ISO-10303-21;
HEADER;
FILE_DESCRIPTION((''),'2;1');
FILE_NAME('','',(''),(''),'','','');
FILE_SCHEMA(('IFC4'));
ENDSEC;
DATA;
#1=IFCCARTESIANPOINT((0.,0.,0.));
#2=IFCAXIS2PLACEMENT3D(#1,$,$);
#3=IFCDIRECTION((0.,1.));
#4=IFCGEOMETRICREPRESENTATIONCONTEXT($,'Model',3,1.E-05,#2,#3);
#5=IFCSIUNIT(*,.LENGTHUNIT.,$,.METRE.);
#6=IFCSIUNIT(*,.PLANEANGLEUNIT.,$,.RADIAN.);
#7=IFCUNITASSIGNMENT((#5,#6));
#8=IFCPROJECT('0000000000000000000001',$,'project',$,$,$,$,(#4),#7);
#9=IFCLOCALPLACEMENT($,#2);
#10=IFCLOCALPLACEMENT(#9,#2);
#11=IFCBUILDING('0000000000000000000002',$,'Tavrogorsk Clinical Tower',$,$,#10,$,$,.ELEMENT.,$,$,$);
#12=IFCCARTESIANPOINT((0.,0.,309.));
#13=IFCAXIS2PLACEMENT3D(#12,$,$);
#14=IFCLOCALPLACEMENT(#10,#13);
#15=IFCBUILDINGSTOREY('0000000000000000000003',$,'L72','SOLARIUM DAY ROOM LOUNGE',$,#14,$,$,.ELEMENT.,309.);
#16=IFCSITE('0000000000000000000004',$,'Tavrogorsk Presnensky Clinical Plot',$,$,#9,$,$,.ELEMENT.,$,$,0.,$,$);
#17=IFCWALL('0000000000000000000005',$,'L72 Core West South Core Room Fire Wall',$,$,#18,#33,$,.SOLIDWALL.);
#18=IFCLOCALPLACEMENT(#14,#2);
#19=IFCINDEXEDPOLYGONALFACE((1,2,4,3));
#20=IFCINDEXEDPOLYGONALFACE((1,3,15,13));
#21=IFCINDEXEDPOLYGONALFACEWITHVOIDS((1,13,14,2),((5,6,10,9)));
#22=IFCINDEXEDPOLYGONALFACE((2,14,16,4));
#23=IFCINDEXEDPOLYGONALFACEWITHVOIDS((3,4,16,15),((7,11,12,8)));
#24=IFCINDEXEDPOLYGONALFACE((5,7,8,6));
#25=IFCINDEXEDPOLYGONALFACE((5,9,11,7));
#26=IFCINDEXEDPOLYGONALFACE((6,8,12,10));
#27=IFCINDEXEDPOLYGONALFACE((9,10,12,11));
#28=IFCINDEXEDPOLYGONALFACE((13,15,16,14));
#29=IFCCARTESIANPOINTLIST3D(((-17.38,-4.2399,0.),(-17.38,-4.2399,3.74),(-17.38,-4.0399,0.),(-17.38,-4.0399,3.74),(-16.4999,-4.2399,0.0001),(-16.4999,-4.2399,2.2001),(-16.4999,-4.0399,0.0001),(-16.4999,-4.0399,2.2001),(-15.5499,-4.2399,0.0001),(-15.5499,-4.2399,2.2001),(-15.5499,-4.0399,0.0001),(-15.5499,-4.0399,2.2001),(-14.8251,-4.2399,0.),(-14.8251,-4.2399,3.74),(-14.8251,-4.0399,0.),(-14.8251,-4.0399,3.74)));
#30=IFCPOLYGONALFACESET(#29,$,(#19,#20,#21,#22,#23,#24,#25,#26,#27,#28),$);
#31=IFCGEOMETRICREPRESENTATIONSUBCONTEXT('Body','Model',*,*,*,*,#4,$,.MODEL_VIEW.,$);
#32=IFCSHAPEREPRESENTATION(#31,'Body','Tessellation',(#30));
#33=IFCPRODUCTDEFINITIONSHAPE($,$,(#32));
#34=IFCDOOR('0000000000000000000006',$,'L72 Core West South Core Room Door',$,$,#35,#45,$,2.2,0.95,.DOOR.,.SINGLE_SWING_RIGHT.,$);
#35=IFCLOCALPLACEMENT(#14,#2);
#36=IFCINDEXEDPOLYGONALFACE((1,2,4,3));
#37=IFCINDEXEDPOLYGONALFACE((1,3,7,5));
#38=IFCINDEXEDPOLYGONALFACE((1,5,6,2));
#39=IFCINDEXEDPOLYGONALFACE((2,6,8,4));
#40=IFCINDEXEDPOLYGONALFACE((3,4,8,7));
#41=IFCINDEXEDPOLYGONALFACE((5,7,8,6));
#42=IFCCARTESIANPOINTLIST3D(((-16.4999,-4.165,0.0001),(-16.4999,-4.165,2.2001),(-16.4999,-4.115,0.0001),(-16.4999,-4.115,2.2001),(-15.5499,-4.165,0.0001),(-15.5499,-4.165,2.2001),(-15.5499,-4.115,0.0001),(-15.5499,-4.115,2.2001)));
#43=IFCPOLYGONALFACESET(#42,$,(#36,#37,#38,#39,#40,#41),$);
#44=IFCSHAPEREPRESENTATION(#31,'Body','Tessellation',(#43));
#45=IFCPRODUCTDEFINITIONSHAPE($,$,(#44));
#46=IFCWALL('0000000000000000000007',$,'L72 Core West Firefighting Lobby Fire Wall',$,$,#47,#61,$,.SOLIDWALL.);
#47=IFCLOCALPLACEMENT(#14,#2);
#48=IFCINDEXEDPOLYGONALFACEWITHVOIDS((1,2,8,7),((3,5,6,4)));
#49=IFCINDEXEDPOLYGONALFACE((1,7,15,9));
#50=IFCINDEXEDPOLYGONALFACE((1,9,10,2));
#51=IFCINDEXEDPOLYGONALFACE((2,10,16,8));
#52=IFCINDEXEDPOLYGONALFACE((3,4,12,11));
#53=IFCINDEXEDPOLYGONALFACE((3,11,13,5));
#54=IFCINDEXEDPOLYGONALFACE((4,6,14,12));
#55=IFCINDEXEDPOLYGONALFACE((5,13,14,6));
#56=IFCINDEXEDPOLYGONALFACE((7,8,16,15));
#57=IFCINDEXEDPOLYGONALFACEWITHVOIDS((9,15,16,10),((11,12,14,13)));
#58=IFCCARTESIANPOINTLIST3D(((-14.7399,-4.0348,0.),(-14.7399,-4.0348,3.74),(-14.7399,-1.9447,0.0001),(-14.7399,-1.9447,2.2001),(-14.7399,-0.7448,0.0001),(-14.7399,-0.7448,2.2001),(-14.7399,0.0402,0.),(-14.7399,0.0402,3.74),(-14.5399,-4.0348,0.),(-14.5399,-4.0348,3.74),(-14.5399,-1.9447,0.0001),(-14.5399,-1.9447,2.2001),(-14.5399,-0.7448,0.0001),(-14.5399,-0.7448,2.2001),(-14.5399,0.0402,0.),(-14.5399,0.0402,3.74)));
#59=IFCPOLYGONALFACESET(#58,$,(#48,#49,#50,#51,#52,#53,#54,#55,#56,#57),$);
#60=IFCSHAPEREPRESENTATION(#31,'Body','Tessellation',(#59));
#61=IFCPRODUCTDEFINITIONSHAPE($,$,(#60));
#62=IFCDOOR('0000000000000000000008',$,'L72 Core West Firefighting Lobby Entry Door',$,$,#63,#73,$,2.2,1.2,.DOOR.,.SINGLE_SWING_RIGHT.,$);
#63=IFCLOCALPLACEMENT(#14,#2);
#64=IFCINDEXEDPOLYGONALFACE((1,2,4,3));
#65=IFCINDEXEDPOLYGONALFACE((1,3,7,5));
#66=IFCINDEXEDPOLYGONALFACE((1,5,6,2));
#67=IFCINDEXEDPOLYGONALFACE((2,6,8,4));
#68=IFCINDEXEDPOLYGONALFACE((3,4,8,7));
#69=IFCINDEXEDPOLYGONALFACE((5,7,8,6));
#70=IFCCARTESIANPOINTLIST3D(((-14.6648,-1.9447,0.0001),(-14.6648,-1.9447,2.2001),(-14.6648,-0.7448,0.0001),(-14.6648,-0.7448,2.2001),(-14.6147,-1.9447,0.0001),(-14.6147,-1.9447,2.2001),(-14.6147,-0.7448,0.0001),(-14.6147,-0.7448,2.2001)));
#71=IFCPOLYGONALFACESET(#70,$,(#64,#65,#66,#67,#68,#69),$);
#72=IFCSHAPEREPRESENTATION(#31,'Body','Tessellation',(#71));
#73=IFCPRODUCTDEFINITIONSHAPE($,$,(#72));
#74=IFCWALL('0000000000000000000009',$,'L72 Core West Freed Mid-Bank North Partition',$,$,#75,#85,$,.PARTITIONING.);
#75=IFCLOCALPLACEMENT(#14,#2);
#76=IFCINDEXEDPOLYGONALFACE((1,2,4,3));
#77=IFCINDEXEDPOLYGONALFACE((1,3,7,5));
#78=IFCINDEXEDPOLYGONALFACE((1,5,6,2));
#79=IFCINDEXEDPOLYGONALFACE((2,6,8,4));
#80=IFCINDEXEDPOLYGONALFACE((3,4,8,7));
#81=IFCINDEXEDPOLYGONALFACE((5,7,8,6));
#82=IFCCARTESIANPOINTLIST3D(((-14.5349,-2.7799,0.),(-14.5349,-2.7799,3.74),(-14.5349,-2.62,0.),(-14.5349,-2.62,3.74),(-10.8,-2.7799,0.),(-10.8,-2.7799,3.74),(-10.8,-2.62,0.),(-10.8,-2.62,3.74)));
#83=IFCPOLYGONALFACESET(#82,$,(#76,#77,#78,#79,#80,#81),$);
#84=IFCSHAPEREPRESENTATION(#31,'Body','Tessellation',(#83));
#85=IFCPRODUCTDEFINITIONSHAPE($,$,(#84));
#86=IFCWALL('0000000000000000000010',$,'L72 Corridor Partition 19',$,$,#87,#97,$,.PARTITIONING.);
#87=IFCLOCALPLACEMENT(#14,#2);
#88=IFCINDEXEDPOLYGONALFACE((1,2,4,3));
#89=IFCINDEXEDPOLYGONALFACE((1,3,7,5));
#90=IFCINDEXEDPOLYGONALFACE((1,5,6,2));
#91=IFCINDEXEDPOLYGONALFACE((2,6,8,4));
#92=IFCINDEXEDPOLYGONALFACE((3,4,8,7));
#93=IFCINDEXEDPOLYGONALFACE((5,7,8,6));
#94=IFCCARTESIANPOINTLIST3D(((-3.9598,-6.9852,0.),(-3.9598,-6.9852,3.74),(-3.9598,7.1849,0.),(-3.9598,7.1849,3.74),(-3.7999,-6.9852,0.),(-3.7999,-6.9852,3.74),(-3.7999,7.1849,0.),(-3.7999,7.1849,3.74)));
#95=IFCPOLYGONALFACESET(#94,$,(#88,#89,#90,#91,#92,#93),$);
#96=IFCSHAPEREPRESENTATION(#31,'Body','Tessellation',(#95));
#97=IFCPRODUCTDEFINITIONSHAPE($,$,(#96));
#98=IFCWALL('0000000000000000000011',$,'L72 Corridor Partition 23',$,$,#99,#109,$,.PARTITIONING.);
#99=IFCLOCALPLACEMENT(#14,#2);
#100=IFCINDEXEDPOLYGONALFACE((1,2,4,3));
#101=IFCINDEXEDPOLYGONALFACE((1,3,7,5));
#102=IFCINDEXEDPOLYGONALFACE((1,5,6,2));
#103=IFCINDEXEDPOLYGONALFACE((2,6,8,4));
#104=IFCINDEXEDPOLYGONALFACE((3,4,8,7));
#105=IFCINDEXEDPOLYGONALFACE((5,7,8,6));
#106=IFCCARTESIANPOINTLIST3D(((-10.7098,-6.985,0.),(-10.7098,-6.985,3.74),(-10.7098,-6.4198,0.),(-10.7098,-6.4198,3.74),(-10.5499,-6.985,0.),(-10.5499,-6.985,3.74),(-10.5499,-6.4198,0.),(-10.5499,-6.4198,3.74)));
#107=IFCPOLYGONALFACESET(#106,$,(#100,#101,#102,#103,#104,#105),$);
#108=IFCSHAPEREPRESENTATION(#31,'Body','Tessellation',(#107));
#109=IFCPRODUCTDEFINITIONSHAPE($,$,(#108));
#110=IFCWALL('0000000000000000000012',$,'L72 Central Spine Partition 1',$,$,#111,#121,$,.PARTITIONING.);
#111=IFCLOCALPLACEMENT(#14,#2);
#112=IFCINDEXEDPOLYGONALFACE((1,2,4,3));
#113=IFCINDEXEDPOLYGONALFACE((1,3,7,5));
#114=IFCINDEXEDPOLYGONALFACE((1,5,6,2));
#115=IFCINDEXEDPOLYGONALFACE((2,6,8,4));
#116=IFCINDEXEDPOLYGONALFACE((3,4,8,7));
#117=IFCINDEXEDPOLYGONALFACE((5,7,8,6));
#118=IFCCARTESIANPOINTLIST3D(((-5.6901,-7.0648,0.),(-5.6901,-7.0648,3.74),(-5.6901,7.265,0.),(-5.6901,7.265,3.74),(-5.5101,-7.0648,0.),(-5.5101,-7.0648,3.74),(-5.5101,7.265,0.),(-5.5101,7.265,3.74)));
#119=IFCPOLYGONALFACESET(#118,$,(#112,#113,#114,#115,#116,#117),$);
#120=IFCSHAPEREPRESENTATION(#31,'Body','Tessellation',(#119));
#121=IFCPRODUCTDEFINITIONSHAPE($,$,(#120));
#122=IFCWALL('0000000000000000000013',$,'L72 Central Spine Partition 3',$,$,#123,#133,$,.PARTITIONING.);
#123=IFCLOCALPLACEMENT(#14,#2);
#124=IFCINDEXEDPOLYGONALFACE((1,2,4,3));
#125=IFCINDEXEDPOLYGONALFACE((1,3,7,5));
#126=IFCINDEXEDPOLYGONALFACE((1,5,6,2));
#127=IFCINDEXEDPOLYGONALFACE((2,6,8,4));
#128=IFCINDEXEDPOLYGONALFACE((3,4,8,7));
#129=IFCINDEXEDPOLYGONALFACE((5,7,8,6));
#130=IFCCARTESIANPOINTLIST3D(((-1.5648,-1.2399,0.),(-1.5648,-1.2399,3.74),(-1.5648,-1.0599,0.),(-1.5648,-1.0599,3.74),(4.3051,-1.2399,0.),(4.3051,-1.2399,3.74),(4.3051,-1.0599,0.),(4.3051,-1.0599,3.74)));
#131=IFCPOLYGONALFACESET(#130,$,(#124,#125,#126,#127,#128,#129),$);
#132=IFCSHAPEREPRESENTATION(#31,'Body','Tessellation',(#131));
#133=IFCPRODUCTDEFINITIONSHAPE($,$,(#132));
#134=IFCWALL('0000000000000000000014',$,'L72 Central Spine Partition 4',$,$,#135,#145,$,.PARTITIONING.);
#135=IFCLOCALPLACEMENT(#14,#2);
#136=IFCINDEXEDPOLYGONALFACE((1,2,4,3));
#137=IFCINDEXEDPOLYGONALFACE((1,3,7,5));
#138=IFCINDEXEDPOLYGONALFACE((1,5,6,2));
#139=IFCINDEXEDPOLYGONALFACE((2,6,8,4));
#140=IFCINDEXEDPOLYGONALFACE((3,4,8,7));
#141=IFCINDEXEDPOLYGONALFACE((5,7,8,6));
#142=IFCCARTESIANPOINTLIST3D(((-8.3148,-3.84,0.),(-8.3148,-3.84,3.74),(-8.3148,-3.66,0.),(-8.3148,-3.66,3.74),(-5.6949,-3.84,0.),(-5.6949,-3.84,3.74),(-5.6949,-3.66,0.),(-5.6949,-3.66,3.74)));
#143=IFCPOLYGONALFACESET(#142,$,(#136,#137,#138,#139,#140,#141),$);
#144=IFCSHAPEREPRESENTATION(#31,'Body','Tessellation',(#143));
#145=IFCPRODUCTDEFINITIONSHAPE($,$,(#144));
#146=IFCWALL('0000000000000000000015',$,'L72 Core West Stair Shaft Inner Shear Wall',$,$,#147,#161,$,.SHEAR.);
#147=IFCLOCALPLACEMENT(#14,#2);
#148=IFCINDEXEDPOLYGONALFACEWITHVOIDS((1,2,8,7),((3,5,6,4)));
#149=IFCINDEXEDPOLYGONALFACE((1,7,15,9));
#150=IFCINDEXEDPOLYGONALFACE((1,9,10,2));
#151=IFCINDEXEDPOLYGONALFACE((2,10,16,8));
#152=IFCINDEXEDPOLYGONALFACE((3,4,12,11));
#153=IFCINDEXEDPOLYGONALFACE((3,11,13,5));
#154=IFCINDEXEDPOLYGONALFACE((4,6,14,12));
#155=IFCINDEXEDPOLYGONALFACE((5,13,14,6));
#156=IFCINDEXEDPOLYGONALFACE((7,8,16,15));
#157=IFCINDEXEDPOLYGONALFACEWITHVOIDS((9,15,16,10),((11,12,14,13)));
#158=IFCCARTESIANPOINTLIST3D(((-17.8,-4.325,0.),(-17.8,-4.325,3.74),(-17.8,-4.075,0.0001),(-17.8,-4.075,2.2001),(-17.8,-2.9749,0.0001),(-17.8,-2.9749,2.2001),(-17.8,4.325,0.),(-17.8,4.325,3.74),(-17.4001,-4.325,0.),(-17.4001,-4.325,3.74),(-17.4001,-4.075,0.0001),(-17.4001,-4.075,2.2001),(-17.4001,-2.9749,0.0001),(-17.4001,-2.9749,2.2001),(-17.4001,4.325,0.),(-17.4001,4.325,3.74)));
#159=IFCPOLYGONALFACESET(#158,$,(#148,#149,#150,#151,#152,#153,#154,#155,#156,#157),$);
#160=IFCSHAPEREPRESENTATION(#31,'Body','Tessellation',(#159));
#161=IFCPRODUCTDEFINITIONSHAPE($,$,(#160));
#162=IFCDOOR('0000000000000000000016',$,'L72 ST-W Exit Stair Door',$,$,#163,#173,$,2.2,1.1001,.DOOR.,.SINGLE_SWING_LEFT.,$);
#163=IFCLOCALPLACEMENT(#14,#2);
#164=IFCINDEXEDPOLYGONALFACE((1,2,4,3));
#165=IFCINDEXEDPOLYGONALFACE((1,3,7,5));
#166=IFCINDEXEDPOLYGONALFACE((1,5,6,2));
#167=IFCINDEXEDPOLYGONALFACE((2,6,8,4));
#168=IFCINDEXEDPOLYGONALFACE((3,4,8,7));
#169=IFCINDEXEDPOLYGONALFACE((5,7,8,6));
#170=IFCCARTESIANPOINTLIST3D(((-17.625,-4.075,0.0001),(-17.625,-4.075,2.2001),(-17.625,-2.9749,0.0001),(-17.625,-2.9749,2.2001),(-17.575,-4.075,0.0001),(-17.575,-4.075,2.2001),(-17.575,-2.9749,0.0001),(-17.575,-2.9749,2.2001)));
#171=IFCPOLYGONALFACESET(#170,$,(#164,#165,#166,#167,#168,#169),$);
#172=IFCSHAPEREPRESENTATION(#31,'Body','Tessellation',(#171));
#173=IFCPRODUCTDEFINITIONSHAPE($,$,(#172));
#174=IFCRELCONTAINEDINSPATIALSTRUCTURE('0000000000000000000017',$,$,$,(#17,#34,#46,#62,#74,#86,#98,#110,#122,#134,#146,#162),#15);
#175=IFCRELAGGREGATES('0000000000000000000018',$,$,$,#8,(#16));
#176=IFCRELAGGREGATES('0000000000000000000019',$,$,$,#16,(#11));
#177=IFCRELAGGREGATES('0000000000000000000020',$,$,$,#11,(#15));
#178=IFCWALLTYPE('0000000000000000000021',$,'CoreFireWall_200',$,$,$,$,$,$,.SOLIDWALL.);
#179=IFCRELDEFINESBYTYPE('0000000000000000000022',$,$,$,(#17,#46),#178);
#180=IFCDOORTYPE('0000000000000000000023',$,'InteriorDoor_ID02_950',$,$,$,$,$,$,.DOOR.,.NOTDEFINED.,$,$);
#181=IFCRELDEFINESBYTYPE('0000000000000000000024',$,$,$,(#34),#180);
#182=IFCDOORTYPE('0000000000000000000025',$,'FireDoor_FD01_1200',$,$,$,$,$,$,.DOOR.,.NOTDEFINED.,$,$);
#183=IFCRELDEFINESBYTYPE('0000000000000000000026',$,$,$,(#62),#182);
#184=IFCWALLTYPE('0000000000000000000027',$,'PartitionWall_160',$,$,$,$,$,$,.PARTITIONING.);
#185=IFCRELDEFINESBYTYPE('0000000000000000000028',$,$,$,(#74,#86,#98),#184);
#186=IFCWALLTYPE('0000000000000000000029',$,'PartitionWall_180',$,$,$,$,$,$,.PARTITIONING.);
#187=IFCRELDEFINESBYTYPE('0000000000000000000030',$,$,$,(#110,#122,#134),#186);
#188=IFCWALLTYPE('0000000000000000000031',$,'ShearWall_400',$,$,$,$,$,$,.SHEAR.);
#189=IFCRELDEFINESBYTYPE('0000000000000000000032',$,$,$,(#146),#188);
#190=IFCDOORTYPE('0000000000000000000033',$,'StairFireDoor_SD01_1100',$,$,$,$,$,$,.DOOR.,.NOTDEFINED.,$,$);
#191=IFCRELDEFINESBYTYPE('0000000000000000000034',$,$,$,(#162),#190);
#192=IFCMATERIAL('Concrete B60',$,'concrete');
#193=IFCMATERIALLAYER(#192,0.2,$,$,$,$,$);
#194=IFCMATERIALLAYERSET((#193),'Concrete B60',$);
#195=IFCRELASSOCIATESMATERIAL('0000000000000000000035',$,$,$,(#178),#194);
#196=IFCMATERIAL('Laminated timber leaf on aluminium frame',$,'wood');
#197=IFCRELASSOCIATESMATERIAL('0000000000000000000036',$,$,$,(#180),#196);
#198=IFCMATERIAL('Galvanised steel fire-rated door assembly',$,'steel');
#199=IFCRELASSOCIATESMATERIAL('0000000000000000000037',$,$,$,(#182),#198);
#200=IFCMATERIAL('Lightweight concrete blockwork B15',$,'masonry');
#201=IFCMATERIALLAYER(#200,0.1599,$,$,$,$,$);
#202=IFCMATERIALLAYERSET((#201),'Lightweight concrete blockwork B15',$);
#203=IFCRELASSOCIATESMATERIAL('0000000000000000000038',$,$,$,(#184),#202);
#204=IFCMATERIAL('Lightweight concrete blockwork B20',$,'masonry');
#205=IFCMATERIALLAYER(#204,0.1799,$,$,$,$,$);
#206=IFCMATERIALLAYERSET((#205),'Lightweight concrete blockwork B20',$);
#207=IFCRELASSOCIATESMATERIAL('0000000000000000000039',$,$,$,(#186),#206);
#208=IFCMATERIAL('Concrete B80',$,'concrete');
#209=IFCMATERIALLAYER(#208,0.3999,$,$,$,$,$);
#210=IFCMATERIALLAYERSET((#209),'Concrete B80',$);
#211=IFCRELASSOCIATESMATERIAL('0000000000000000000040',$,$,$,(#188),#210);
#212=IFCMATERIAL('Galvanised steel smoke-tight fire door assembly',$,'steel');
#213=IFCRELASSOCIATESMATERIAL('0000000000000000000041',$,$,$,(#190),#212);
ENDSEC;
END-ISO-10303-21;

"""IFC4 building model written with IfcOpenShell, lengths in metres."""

from ifc_helpers import new_model, si_unit, direction, frame, frame_2d, origin, place, context, subcontext, project, spatial, rectangle, extrude, material, layer, layer_set, type_object, element, fill, save


model = new_model("IFC4")

# Units and contexts
model_context = context("Model", 3, precision=1e-05, world=origin(), true_north=direction((0.0, 1.0)))
body_context = subcontext(model_context, "Body", "Model", "MODEL_VIEW")
ifc_project = project(units=[si_unit("LENGTHUNIT", "METRE"), si_unit("PLANEANGLEUNIT", "RADIAN")], contexts=[model_context])

# Site, building, storey
site_placement = place(None, origin())
site = spatial("IfcSite", under=ifc_project, at=site_placement, Name="Tavrogorsk Presnensky Clinical Plot", CompositionType="ELEMENT", RefElevation=0.0)
building_placement = place(site_placement, origin())
building = spatial("IfcBuilding", under=site, at=building_placement, Name="Tavrogorsk Clinical Tower", CompositionType="ELEMENT")
storey_placement = place(building_placement, frame((0.0, 0.0, 309.0)))
storey = spatial("IfcBuildingStorey", under=building, at=storey_placement, Name="L72", Description="SOLARIUM DAY ROOM LOUNGE", CompositionType="ELEMENT", Elevation=309.0)

# Walls, openings, doors
ifc_material_1 = material(Name="Concrete B60", Category="concrete")
ifc_layer_1 = layer(ifc_material_1, 0.2)
ifc_layer_set_1 = layer_set([ifc_layer_1], Name="Concrete B60")
wall_type_1 = type_object("IfcWallType", Name="CoreFireWall_200", PredefinedType="SOLIDWALL", material=ifc_layer_set_1)
wall_1_placement = place(storey_placement, frame((-17.3799, -4.1399, 0.0), z_axis=(0.0, 0.0, 1.0), x_axis=(1.0, 0.0, 0.0)))
wall_1 = element("IfcWall", 1, at=wall_1_placement, inside=storey, type_object=wall_type_1, Name="L72 Core West South Core Room Fire Wall", PredefinedType="SOLIDWALL", context=body_context, shape_type="SweptSolid", body=[
    extrude(rectangle(XDim=2.5549, YDim=0.2, at=frame_2d((1.2773, 0.0))), origin(), (0.0, 0.0, 1.0), 3.74),
])
opening_1_placement = place(wall_1_placement, frame((0.8799, 0.0, 0.0)))
opening_1 = element("IfcOpeningElement", 2, at=opening_1_placement, cuts=wall_1, PredefinedType="OPENING", context=body_context, shape_type="SweptSolid", body=[
    extrude(rectangle(XDim=0.95, YDim=2.2, at=frame_2d((0.4751, 1.1001))), frame((0.0, 0.1099, 0.0), z_axis=(0.0, -1.0, 0.0), x_axis=(1.0, 0.0, 0.0)), (0.0, 0.0, 1.0), 0.22),
])
ifc_material_2 = material(Name="Laminated timber leaf on aluminium frame", Category="wood")
door_type_1 = type_object("IfcDoorType", Name="InteriorDoor_ID02_950", OperationType="NOTDEFINED", PredefinedType="DOOR", material=ifc_material_2)
door_1_placement = place(opening_1_placement, origin())
door_1 = element("IfcDoor", 3, at=door_1_placement, inside=storey, type_object=door_type_1, Name="L72 Core West South Core Room Door", OperationType="SINGLE_SWING_RIGHT", OverallHeight=2.2, OverallWidth=0.95, PredefinedType="DOOR", context=body_context, shape_type="SweptSolid", body=[
    extrude(rectangle(XDim=0.95, YDim=2.2, at=frame_2d((0.4751, 1.1001))), frame((0.0, 0.0249, 0.0), z_axis=(0.0, -1.0, 0.0), x_axis=(1.0, 0.0, 0.0)), (0.0, 0.0, 1.0), 0.05),
])
fill(opening_1, door_1)
wall_2_placement = place(storey_placement, frame((-14.6399, -4.0349, 0.0), z_axis=(0.0, 0.0, 1.0), x_axis=(0.0, 1.0, 0.0)))
wall_2 = element("IfcWall", 4, at=wall_2_placement, inside=storey, type_object=wall_type_1, Name="L72 Core West Firefighting Lobby Fire Wall", PredefinedType="SOLIDWALL", context=body_context, shape_type="SweptSolid", body=[
    extrude(rectangle(XDim=4.075, YDim=0.2, at=frame_2d((2.0376, 0.0))), origin(), (0.0, 0.0, 1.0), 3.74),
])
opening_2_placement = place(wall_2_placement, frame((2.0901, 0.0, 0.0)))
opening_2 = element("IfcOpeningElement", 5, at=opening_2_placement, cuts=wall_2, PredefinedType="OPENING", context=body_context, shape_type="SweptSolid", body=[
    extrude(rectangle(XDim=1.2, YDim=2.2, at=frame_2d((0.6001, 1.1001))), frame((0.0, 0.1099, 0.0), z_axis=(0.0, -1.0, 0.0), x_axis=(1.0, 0.0, 0.0)), (0.0, 0.0, 1.0), 0.22),
])
ifc_material_3 = material(Name="Galvanised steel fire-rated door assembly", Category="steel")
door_type_2 = type_object("IfcDoorType", Name="FireDoor_FD01_1200", OperationType="NOTDEFINED", PredefinedType="DOOR", material=ifc_material_3)
door_2_placement = place(opening_2_placement, origin())
door_2 = element("IfcDoor", 6, at=door_2_placement, inside=storey, type_object=door_type_2, Name="L72 Core West Firefighting Lobby Entry Door", OperationType="SINGLE_SWING_RIGHT", OverallHeight=2.2, OverallWidth=1.2, PredefinedType="DOOR", context=body_context, shape_type="SweptSolid", body=[
    extrude(rectangle(XDim=1.2, YDim=2.2, at=frame_2d((0.6001, 1.1001))), frame((0.0, 0.0249, 0.0), z_axis=(0.0, -1.0, 0.0), x_axis=(1.0, 0.0, 0.0)), (0.0, 0.0, 1.0), 0.05),
])
fill(opening_2, door_2)

# Walls
ifc_material_4 = material(Name="Lightweight concrete blockwork B15", Category="masonry")
ifc_layer_2 = layer(ifc_material_4, 0.1599)
ifc_layer_set_2 = layer_set([ifc_layer_2], Name="Lightweight concrete blockwork B15")
wall_type_2 = type_object("IfcWallType", Name="PartitionWall_160", PredefinedType="PARTITIONING", material=ifc_layer_set_2)
wall_3_placement = place(storey_placement, frame((-14.5349, -2.7, 0.0), z_axis=(0.0, 0.0, 1.0), x_axis=(1.0, 0.0, 0.0)))
element("IfcWall", 7, at=wall_3_placement, inside=storey, type_object=wall_type_2, Name="L72 Core West Freed Mid-Bank North Partition", PredefinedType="PARTITIONING", context=body_context, shape_type="SweptSolid", body=[
    extrude(rectangle(XDim=3.7349, YDim=0.1599, at=frame_2d((1.8674, 0.0))), origin(), (0.0, 0.0, 1.0), 3.74),
])
wall_4_placement = place(storey_placement, frame((-3.8799, -6.9851, 0.0), z_axis=(0.0, 0.0, 1.0), x_axis=(0.0, 1.0, 0.0)))
element("IfcWall", 8, at=wall_4_placement, inside=storey, type_object=wall_type_2, Name="L72 Corridor Partition 19", PredefinedType="PARTITIONING", context=body_context, shape_type="SweptSolid", body=[
    extrude(rectangle(XDim=14.1702, YDim=0.1599, at=frame_2d((7.085, 0.0))), origin(), (0.0, 0.0, 1.0), 3.74),
])
wall_5_placement = place(storey_placement, frame((-10.6299, -6.9851, 0.0), z_axis=(0.0, 0.0, 1.0), x_axis=(0.0, 1.0, 0.0)))
element("IfcWall", 9, at=wall_5_placement, inside=storey, type_object=wall_type_2, Name="L72 Corridor Partition 23", PredefinedType="PARTITIONING", context=body_context, shape_type="SweptSolid", body=[
    extrude(rectangle(XDim=0.5652, YDim=0.1599, at=frame_2d((0.2827, 0.0))), origin(), (0.0, 0.0, 1.0), 3.74),
])
ifc_material_5 = material(Name="Lightweight concrete blockwork B20", Category="masonry")
ifc_layer_3 = layer(ifc_material_5, 0.1799)
ifc_layer_set_3 = layer_set([ifc_layer_3], Name="Lightweight concrete blockwork B20")
wall_type_3 = type_object("IfcWallType", Name="PartitionWall_180", PredefinedType="PARTITIONING", material=ifc_layer_set_3)
wall_6_placement = place(storey_placement, frame((-5.6001, -7.0649, 0.0), z_axis=(0.0, 0.0, 1.0), x_axis=(0.0, 1.0, 0.0)))
element("IfcWall", 10, at=wall_6_placement, inside=storey, type_object=wall_type_3, Name="L72 Central Spine Partition 1", PredefinedType="PARTITIONING", context=body_context, shape_type="SweptSolid", body=[
    extrude(rectangle(XDim=14.3298, YDim=0.1799, at=frame_2d((7.165, 0.0))), origin(), (0.0, 0.0, 1.0), 3.74),
])
wall_7_placement = place(storey_placement, frame((-1.5649, -1.1499, 0.0), z_axis=(0.0, 0.0, 1.0), x_axis=(1.0, 0.0, 0.0)))
element("IfcWall", 11, at=wall_7_placement, inside=storey, type_object=wall_type_3, Name="L72 Central Spine Partition 3", PredefinedType="PARTITIONING", context=body_context, shape_type="SweptSolid", body=[
    extrude(rectangle(XDim=5.8699, YDim=0.1799, at=frame_2d((2.9351, 0.0))), origin(), (0.0, 0.0, 1.0), 3.74),
])
wall_8_placement = place(storey_placement, frame((-8.3149, -3.75, 0.0), z_axis=(0.0, 0.0, 1.0), x_axis=(1.0, 0.0, 0.0)))
element("IfcWall", 12, at=wall_8_placement, inside=storey, type_object=wall_type_3, Name="L72 Central Spine Partition 4", PredefinedType="PARTITIONING", context=body_context, shape_type="SweptSolid", body=[
    extrude(rectangle(XDim=2.6199, YDim=0.1799, at=frame_2d((1.3101, 0.0))), origin(), (0.0, 0.0, 1.0), 3.74),
])

# Wall, opening, door
ifc_material_6 = material(Name="Concrete B80", Category="concrete")
ifc_layer_4 = layer(ifc_material_6, 0.3999)
ifc_layer_set_4 = layer_set([ifc_layer_4], Name="Concrete B80")
wall_type_4 = type_object("IfcWallType", Name="ShearWall_400", PredefinedType="SHEAR", material=ifc_layer_set_4)
wall_9_placement = place(storey_placement, frame((-17.6001, -4.325, 0.0), z_axis=(0.0, 0.0, 1.0), x_axis=(0.0, 1.0, 0.0)))
wall_9 = element("IfcWall", 13, at=wall_9_placement, inside=storey, type_object=wall_type_4, Name="L72 Core West Stair Shaft Inner Shear Wall", PredefinedType="SHEAR", context=body_context, shape_type="SweptSolid", body=[
    extrude(rectangle(XDim=8.6499, YDim=0.3999, at=frame_2d((4.325, 0.0))), origin(), (0.0, 0.0, 1.0), 3.74),
])
opening_3_placement = place(wall_9_placement, frame((0.25, 0.0, 0.0)))
opening_3 = element("IfcOpeningElement", 14, at=opening_3_placement, cuts=wall_9, PredefinedType="OPENING", context=body_context, shape_type="SweptSolid", body=[
    extrude(rectangle(XDim=1.1001, YDim=2.2, at=frame_2d((0.55, 1.1001))), frame((0.0, 0.21, 0.0), z_axis=(0.0, -1.0, 0.0), x_axis=(1.0, 0.0, 0.0)), (0.0, 0.0, 1.0), 0.4199),
])
ifc_material_7 = material(Name="Galvanised steel smoke-tight fire door assembly", Category="steel")
door_type_3 = type_object("IfcDoorType", Name="StairFireDoor_SD01_1100", OperationType="NOTDEFINED", PredefinedType="DOOR", material=ifc_material_7)
door_3_placement = place(opening_3_placement, origin())
door_3 = element("IfcDoor", 15, at=door_3_placement, inside=storey, type_object=door_type_3, Name="L72 ST-W Exit Stair Door", OperationType="SINGLE_SWING_LEFT", OverallHeight=2.2, OverallWidth=1.1001, PredefinedType="DOOR", context=body_context, shape_type="SweptSolid", body=[
    extrude(rectangle(XDim=1.1001, YDim=2.2, at=frame_2d((0.55, 1.1001))), frame((0.0, 0.0249, 0.0), z_axis=(0.0, -1.0, 0.0), x_axis=(1.0, 0.0, 0.0)), (0.0, 0.0, 1.0), 0.05),
])
fill(opening_3, door_3)

save(model, "model.ifc")
